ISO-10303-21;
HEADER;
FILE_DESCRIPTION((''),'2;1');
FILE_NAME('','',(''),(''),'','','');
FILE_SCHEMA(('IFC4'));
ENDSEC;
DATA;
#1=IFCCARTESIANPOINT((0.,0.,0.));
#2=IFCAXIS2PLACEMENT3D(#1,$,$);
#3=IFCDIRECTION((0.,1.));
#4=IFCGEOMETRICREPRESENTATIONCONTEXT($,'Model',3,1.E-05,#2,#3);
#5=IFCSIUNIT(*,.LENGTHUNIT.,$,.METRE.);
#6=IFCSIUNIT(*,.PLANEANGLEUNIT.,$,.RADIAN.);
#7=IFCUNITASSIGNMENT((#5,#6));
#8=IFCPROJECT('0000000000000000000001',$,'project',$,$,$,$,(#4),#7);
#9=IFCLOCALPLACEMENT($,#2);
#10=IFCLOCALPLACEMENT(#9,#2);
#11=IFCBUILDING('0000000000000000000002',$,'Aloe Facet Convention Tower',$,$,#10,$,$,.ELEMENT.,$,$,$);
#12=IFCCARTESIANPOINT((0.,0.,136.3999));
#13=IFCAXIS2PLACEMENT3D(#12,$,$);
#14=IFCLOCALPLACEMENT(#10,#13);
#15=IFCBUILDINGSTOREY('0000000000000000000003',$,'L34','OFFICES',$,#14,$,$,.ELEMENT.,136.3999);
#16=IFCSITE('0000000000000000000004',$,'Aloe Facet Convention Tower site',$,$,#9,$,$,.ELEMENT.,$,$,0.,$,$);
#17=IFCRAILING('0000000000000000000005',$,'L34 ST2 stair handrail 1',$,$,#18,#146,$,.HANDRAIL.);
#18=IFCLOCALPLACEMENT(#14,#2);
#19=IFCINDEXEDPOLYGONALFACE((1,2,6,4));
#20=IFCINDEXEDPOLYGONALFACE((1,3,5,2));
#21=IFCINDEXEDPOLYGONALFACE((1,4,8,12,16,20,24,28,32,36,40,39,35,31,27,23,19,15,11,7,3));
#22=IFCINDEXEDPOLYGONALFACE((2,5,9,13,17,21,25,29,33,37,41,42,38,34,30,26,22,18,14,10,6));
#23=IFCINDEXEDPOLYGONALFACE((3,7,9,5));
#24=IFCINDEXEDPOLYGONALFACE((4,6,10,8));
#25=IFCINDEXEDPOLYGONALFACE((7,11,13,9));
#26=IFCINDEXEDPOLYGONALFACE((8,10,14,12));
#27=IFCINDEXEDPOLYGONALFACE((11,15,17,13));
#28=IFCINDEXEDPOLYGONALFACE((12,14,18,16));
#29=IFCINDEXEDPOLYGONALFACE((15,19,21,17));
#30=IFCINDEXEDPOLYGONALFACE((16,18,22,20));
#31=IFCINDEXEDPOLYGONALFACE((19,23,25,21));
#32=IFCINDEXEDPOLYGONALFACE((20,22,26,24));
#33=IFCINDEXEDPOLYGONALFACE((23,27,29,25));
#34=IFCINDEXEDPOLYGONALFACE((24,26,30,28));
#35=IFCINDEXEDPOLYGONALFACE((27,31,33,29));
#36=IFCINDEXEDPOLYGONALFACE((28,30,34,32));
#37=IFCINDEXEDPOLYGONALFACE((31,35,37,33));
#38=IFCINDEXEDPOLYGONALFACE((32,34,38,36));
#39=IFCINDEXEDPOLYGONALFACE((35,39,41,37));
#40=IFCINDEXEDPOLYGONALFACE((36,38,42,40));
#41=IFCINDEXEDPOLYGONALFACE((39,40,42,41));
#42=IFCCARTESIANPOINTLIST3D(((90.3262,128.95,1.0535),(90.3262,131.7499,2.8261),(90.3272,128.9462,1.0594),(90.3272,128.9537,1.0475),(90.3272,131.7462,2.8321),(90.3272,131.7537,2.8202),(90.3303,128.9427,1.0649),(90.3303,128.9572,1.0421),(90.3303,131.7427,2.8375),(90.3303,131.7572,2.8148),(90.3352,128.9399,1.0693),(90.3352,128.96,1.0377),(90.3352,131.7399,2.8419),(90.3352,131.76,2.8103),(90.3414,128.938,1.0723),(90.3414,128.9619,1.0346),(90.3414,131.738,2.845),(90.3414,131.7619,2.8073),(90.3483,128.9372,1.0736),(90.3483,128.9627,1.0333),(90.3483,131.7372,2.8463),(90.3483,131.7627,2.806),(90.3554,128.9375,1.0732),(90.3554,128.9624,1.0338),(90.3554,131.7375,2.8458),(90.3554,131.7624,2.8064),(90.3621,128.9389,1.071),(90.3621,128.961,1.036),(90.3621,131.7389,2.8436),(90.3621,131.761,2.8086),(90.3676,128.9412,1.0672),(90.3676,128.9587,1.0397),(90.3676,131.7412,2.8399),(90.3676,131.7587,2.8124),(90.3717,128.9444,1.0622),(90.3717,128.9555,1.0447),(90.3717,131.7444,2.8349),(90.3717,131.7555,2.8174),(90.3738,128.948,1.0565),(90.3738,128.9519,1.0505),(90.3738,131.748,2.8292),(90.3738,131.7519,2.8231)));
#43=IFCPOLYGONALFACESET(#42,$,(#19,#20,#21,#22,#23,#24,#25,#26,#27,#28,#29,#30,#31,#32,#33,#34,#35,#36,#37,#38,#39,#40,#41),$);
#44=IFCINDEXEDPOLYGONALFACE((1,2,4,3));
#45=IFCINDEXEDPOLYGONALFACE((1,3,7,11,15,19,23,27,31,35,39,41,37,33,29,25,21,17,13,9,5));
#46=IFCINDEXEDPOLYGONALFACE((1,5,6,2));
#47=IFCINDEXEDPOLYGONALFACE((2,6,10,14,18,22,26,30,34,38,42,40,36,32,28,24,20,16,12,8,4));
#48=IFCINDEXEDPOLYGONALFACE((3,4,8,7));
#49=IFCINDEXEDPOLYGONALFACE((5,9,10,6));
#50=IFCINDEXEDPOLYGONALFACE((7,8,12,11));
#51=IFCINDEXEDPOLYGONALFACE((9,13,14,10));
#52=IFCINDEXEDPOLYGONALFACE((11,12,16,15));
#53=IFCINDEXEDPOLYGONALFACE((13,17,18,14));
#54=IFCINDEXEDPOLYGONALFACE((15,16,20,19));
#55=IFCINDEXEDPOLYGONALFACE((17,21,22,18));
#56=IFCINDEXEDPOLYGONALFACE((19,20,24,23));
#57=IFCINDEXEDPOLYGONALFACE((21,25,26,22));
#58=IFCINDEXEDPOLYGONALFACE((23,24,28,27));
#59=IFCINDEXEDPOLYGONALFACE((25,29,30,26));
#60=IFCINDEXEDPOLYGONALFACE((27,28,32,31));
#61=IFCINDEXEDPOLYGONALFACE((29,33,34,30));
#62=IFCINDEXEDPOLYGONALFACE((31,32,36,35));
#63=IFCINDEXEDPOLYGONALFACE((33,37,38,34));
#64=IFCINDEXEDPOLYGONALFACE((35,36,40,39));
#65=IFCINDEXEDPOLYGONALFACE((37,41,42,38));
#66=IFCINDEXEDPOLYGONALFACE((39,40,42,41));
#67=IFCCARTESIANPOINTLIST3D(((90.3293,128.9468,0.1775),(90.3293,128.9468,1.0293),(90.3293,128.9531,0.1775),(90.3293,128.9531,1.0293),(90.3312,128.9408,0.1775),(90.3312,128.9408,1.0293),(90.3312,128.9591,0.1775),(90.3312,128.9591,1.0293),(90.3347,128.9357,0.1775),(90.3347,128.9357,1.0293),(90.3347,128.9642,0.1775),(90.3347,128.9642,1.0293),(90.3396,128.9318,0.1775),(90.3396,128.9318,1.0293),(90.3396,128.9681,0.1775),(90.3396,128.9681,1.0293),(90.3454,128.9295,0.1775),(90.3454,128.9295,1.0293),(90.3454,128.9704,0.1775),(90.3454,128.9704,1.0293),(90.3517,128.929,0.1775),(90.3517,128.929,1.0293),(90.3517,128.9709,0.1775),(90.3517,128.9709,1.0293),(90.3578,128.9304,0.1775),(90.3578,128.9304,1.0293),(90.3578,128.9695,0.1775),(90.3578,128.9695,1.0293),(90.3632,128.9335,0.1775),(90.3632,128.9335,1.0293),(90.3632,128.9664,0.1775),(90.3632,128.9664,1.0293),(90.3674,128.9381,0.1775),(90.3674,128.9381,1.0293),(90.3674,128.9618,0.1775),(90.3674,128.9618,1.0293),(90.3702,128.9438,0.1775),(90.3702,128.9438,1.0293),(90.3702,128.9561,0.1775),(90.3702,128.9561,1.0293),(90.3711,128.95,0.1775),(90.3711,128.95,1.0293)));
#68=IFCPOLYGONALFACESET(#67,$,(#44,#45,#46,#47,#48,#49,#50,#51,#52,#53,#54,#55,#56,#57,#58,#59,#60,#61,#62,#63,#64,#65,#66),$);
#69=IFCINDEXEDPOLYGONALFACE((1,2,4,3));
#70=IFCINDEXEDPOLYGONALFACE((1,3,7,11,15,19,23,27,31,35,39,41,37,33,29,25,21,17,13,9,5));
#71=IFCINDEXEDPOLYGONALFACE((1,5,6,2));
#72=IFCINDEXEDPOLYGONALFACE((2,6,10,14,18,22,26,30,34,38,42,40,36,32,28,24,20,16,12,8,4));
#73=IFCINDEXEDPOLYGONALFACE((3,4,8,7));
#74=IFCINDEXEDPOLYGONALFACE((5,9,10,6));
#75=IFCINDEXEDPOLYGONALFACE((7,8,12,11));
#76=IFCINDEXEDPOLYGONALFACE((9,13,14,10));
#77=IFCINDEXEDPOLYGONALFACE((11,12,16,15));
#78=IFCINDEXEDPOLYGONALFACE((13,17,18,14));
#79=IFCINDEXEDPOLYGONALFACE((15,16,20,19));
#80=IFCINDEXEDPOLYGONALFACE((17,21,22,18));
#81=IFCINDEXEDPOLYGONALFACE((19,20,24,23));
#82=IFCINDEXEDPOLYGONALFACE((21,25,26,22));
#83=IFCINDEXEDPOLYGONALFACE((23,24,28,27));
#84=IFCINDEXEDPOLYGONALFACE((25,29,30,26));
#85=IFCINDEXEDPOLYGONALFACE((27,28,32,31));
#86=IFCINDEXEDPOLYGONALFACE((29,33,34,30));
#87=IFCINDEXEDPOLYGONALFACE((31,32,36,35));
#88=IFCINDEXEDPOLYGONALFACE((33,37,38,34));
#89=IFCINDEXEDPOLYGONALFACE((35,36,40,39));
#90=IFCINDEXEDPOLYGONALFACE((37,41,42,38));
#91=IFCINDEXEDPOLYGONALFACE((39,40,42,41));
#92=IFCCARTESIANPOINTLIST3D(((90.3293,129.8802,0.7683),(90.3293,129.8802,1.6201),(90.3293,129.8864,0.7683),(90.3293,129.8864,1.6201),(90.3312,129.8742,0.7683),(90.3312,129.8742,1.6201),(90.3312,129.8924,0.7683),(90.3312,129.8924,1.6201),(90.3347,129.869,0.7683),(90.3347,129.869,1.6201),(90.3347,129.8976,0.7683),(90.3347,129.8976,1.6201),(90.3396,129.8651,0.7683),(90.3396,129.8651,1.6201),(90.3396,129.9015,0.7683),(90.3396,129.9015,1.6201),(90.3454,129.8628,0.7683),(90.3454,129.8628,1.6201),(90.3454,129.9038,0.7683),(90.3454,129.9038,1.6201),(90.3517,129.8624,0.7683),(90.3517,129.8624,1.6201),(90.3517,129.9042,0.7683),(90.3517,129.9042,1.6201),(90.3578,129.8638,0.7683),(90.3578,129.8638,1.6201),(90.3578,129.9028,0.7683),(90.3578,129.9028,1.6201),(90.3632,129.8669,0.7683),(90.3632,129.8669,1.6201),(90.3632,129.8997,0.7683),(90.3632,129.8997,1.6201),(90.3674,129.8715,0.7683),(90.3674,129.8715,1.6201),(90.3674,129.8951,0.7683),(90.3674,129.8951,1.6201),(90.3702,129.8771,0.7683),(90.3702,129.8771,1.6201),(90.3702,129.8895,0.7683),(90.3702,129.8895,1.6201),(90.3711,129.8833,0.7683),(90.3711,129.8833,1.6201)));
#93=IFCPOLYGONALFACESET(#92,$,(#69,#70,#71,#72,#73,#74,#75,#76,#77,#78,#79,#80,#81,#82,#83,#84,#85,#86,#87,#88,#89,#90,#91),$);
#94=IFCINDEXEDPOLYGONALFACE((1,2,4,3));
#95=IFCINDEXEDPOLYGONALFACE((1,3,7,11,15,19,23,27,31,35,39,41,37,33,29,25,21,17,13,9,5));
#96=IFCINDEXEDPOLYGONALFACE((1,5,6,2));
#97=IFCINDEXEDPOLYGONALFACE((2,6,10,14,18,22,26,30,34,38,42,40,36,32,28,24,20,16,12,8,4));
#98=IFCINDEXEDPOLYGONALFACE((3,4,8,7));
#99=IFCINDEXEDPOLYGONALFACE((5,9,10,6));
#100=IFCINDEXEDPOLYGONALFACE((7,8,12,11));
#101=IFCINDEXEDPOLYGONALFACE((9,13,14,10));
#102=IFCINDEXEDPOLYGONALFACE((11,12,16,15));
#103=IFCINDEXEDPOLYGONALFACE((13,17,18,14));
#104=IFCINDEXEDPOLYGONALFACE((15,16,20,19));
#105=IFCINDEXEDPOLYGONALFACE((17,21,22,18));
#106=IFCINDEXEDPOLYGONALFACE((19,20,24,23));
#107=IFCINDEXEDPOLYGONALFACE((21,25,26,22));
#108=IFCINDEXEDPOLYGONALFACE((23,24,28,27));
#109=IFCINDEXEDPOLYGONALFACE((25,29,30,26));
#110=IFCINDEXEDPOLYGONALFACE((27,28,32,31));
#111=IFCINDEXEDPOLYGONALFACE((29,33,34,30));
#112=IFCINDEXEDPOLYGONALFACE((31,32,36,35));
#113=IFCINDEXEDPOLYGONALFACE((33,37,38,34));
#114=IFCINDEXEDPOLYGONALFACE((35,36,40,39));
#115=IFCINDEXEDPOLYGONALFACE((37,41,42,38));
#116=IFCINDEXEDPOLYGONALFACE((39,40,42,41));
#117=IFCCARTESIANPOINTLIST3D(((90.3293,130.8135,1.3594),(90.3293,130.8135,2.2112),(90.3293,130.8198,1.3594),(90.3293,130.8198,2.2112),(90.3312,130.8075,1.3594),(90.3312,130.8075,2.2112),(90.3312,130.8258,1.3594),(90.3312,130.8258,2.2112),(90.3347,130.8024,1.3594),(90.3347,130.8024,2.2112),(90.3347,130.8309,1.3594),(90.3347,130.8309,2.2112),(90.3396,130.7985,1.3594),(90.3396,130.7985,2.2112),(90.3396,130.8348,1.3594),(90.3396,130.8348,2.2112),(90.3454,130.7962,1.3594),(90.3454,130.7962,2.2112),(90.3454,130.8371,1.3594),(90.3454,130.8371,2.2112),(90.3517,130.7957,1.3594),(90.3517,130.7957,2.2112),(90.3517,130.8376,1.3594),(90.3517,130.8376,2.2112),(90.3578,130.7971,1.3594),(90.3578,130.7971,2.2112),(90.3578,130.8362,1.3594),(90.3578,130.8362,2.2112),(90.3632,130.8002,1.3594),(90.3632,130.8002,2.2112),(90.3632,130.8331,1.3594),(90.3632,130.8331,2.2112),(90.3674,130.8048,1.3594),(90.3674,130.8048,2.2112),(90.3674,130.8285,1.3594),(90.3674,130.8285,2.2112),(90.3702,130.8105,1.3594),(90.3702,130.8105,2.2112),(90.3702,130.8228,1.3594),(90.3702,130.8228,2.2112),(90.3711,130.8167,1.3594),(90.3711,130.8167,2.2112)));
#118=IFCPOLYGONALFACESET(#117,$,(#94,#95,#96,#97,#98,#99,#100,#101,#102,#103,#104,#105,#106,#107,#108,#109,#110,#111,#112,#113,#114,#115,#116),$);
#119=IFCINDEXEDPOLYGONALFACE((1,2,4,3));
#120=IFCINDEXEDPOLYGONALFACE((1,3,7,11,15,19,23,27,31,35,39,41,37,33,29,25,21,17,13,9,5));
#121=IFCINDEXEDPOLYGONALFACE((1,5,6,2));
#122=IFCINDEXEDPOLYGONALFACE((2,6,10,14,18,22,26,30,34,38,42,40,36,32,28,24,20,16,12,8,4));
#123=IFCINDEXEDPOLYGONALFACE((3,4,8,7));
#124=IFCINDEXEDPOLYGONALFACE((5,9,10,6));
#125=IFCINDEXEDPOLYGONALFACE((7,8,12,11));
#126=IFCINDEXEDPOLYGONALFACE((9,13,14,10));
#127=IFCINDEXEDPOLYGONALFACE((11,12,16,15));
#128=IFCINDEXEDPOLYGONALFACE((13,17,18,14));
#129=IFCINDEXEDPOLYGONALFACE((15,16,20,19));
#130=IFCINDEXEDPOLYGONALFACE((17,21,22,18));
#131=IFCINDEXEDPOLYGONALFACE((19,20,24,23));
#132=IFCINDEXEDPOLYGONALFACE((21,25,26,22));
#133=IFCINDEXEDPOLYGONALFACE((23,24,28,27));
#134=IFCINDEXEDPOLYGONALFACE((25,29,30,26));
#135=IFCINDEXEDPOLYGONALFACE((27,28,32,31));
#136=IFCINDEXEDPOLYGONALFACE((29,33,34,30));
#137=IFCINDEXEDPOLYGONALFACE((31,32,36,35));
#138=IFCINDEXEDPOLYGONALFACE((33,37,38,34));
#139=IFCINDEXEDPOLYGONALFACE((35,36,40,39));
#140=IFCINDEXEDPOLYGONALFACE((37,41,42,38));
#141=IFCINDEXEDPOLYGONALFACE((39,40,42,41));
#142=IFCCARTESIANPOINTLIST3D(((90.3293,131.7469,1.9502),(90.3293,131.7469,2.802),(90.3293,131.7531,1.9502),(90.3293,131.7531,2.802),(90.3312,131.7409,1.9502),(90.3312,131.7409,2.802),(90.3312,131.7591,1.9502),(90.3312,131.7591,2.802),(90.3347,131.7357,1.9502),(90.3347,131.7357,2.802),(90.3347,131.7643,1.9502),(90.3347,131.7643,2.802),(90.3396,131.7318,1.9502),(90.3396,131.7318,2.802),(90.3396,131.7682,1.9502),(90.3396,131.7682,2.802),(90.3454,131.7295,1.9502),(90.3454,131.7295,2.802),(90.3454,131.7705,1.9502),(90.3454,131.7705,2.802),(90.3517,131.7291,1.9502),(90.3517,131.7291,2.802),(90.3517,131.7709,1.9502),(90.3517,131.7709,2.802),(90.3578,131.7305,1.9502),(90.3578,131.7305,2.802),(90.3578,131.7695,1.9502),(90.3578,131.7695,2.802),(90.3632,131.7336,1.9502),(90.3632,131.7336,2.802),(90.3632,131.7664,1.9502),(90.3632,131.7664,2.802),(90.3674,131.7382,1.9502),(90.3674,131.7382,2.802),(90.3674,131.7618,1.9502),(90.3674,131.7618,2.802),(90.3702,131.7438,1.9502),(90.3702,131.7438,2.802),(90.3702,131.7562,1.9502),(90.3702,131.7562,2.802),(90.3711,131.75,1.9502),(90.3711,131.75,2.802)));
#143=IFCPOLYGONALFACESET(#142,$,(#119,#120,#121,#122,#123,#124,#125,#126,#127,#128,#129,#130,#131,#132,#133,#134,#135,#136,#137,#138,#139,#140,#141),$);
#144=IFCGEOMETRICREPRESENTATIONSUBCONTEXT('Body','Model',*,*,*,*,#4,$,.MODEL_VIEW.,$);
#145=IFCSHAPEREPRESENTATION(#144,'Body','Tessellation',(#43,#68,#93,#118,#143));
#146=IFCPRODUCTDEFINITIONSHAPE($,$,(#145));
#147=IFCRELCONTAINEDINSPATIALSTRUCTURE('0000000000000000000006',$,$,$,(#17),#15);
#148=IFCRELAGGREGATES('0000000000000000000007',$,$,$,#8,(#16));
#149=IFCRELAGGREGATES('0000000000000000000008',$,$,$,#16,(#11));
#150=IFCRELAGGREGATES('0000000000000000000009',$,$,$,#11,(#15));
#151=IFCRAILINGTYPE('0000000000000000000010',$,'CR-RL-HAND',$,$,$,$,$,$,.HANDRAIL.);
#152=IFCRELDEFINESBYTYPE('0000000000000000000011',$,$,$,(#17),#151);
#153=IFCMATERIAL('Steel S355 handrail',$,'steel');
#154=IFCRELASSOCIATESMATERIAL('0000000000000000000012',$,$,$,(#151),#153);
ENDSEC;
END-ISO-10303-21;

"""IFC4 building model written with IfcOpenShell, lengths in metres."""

from ifc_helpers import new_model, si_unit, direction, frame, origin, origin_2d, place, context, subcontext, project, spatial, circle, extrude, material, type_object, element, save


model = new_model("IFC4")

# Units and contexts
model_context = context("Model", 3, precision=1e-05, world=origin(), true_north=direction((0.0, 1.0)))
body_context = subcontext(model_context, "Body", "Model", "MODEL_VIEW")
ifc_project = project(units=[si_unit("LENGTHUNIT", "METRE"), si_unit("PLANEANGLEUNIT", "RADIAN")], contexts=[model_context])

# Site, building, storey
site_placement = place(None, origin())
site = spatial("IfcSite", under=ifc_project, at=site_placement, Name="Aloe Facet Convention Tower site", CompositionType="ELEMENT", RefElevation=0.0)
building_placement = place(site_placement, origin())
building = spatial("IfcBuilding", under=site, at=building_placement, Name="Aloe Facet Convention Tower", CompositionType="ELEMENT")
storey_placement = place(building_placement, frame((0.0, 0.0, 136.3999)))
storey = spatial("IfcBuildingStorey", under=building, at=storey_placement, Name="L34", Description="OFFICES", CompositionType="ELEMENT", Elevation=136.3999)

# Railing
ifc_material_1 = material(Name="Steel S355 handrail", Category="steel")
railing_type_1 = type_object("IfcRailingType", Name="CR-RL-HAND", PredefinedType="HANDRAIL", material=ifc_material_1)
railing_1_placement = place(storey_placement, frame((90.3501, 128.95, 0.1775)))
element("IfcRailing", 1, at=railing_1_placement, inside=storey, type_object=railing_type_1, Name="L34 ST2 stair handrail 1", PredefinedType="HANDRAIL", context=body_context, shape_type="SweptSolid", body=[
    extrude(circle(Radius=0.0239, at=origin_2d()), frame((0.0, 0.0, 0.876), z_axis=(0.0, 0.844909, 0.53491), x_axis=(-1.0, 0.0, 0.0)), (0.0, 0.0, 1.0), 3.314),
    extrude(circle(Radius=0.021, at=origin_2d()), origin(), (0.0, 0.0, 1.0), 0.8518),
    extrude(circle(Radius=0.021, at=origin_2d()), frame((0.0, 0.9333, 0.5908)), (0.0, 0.0, 1.0), 0.8518),
    extrude(circle(Radius=0.021, at=origin_2d()), frame((0.0, 1.8667, 1.1819)), (0.0, 0.0, 1.0), 0.8518),
    extrude(circle(Radius=0.021, at=origin_2d()), frame((0.0, 2.8, 1.7727)), (0.0, 0.0, 1.0), 0.8518),
])

save(model, "model.ifc")
